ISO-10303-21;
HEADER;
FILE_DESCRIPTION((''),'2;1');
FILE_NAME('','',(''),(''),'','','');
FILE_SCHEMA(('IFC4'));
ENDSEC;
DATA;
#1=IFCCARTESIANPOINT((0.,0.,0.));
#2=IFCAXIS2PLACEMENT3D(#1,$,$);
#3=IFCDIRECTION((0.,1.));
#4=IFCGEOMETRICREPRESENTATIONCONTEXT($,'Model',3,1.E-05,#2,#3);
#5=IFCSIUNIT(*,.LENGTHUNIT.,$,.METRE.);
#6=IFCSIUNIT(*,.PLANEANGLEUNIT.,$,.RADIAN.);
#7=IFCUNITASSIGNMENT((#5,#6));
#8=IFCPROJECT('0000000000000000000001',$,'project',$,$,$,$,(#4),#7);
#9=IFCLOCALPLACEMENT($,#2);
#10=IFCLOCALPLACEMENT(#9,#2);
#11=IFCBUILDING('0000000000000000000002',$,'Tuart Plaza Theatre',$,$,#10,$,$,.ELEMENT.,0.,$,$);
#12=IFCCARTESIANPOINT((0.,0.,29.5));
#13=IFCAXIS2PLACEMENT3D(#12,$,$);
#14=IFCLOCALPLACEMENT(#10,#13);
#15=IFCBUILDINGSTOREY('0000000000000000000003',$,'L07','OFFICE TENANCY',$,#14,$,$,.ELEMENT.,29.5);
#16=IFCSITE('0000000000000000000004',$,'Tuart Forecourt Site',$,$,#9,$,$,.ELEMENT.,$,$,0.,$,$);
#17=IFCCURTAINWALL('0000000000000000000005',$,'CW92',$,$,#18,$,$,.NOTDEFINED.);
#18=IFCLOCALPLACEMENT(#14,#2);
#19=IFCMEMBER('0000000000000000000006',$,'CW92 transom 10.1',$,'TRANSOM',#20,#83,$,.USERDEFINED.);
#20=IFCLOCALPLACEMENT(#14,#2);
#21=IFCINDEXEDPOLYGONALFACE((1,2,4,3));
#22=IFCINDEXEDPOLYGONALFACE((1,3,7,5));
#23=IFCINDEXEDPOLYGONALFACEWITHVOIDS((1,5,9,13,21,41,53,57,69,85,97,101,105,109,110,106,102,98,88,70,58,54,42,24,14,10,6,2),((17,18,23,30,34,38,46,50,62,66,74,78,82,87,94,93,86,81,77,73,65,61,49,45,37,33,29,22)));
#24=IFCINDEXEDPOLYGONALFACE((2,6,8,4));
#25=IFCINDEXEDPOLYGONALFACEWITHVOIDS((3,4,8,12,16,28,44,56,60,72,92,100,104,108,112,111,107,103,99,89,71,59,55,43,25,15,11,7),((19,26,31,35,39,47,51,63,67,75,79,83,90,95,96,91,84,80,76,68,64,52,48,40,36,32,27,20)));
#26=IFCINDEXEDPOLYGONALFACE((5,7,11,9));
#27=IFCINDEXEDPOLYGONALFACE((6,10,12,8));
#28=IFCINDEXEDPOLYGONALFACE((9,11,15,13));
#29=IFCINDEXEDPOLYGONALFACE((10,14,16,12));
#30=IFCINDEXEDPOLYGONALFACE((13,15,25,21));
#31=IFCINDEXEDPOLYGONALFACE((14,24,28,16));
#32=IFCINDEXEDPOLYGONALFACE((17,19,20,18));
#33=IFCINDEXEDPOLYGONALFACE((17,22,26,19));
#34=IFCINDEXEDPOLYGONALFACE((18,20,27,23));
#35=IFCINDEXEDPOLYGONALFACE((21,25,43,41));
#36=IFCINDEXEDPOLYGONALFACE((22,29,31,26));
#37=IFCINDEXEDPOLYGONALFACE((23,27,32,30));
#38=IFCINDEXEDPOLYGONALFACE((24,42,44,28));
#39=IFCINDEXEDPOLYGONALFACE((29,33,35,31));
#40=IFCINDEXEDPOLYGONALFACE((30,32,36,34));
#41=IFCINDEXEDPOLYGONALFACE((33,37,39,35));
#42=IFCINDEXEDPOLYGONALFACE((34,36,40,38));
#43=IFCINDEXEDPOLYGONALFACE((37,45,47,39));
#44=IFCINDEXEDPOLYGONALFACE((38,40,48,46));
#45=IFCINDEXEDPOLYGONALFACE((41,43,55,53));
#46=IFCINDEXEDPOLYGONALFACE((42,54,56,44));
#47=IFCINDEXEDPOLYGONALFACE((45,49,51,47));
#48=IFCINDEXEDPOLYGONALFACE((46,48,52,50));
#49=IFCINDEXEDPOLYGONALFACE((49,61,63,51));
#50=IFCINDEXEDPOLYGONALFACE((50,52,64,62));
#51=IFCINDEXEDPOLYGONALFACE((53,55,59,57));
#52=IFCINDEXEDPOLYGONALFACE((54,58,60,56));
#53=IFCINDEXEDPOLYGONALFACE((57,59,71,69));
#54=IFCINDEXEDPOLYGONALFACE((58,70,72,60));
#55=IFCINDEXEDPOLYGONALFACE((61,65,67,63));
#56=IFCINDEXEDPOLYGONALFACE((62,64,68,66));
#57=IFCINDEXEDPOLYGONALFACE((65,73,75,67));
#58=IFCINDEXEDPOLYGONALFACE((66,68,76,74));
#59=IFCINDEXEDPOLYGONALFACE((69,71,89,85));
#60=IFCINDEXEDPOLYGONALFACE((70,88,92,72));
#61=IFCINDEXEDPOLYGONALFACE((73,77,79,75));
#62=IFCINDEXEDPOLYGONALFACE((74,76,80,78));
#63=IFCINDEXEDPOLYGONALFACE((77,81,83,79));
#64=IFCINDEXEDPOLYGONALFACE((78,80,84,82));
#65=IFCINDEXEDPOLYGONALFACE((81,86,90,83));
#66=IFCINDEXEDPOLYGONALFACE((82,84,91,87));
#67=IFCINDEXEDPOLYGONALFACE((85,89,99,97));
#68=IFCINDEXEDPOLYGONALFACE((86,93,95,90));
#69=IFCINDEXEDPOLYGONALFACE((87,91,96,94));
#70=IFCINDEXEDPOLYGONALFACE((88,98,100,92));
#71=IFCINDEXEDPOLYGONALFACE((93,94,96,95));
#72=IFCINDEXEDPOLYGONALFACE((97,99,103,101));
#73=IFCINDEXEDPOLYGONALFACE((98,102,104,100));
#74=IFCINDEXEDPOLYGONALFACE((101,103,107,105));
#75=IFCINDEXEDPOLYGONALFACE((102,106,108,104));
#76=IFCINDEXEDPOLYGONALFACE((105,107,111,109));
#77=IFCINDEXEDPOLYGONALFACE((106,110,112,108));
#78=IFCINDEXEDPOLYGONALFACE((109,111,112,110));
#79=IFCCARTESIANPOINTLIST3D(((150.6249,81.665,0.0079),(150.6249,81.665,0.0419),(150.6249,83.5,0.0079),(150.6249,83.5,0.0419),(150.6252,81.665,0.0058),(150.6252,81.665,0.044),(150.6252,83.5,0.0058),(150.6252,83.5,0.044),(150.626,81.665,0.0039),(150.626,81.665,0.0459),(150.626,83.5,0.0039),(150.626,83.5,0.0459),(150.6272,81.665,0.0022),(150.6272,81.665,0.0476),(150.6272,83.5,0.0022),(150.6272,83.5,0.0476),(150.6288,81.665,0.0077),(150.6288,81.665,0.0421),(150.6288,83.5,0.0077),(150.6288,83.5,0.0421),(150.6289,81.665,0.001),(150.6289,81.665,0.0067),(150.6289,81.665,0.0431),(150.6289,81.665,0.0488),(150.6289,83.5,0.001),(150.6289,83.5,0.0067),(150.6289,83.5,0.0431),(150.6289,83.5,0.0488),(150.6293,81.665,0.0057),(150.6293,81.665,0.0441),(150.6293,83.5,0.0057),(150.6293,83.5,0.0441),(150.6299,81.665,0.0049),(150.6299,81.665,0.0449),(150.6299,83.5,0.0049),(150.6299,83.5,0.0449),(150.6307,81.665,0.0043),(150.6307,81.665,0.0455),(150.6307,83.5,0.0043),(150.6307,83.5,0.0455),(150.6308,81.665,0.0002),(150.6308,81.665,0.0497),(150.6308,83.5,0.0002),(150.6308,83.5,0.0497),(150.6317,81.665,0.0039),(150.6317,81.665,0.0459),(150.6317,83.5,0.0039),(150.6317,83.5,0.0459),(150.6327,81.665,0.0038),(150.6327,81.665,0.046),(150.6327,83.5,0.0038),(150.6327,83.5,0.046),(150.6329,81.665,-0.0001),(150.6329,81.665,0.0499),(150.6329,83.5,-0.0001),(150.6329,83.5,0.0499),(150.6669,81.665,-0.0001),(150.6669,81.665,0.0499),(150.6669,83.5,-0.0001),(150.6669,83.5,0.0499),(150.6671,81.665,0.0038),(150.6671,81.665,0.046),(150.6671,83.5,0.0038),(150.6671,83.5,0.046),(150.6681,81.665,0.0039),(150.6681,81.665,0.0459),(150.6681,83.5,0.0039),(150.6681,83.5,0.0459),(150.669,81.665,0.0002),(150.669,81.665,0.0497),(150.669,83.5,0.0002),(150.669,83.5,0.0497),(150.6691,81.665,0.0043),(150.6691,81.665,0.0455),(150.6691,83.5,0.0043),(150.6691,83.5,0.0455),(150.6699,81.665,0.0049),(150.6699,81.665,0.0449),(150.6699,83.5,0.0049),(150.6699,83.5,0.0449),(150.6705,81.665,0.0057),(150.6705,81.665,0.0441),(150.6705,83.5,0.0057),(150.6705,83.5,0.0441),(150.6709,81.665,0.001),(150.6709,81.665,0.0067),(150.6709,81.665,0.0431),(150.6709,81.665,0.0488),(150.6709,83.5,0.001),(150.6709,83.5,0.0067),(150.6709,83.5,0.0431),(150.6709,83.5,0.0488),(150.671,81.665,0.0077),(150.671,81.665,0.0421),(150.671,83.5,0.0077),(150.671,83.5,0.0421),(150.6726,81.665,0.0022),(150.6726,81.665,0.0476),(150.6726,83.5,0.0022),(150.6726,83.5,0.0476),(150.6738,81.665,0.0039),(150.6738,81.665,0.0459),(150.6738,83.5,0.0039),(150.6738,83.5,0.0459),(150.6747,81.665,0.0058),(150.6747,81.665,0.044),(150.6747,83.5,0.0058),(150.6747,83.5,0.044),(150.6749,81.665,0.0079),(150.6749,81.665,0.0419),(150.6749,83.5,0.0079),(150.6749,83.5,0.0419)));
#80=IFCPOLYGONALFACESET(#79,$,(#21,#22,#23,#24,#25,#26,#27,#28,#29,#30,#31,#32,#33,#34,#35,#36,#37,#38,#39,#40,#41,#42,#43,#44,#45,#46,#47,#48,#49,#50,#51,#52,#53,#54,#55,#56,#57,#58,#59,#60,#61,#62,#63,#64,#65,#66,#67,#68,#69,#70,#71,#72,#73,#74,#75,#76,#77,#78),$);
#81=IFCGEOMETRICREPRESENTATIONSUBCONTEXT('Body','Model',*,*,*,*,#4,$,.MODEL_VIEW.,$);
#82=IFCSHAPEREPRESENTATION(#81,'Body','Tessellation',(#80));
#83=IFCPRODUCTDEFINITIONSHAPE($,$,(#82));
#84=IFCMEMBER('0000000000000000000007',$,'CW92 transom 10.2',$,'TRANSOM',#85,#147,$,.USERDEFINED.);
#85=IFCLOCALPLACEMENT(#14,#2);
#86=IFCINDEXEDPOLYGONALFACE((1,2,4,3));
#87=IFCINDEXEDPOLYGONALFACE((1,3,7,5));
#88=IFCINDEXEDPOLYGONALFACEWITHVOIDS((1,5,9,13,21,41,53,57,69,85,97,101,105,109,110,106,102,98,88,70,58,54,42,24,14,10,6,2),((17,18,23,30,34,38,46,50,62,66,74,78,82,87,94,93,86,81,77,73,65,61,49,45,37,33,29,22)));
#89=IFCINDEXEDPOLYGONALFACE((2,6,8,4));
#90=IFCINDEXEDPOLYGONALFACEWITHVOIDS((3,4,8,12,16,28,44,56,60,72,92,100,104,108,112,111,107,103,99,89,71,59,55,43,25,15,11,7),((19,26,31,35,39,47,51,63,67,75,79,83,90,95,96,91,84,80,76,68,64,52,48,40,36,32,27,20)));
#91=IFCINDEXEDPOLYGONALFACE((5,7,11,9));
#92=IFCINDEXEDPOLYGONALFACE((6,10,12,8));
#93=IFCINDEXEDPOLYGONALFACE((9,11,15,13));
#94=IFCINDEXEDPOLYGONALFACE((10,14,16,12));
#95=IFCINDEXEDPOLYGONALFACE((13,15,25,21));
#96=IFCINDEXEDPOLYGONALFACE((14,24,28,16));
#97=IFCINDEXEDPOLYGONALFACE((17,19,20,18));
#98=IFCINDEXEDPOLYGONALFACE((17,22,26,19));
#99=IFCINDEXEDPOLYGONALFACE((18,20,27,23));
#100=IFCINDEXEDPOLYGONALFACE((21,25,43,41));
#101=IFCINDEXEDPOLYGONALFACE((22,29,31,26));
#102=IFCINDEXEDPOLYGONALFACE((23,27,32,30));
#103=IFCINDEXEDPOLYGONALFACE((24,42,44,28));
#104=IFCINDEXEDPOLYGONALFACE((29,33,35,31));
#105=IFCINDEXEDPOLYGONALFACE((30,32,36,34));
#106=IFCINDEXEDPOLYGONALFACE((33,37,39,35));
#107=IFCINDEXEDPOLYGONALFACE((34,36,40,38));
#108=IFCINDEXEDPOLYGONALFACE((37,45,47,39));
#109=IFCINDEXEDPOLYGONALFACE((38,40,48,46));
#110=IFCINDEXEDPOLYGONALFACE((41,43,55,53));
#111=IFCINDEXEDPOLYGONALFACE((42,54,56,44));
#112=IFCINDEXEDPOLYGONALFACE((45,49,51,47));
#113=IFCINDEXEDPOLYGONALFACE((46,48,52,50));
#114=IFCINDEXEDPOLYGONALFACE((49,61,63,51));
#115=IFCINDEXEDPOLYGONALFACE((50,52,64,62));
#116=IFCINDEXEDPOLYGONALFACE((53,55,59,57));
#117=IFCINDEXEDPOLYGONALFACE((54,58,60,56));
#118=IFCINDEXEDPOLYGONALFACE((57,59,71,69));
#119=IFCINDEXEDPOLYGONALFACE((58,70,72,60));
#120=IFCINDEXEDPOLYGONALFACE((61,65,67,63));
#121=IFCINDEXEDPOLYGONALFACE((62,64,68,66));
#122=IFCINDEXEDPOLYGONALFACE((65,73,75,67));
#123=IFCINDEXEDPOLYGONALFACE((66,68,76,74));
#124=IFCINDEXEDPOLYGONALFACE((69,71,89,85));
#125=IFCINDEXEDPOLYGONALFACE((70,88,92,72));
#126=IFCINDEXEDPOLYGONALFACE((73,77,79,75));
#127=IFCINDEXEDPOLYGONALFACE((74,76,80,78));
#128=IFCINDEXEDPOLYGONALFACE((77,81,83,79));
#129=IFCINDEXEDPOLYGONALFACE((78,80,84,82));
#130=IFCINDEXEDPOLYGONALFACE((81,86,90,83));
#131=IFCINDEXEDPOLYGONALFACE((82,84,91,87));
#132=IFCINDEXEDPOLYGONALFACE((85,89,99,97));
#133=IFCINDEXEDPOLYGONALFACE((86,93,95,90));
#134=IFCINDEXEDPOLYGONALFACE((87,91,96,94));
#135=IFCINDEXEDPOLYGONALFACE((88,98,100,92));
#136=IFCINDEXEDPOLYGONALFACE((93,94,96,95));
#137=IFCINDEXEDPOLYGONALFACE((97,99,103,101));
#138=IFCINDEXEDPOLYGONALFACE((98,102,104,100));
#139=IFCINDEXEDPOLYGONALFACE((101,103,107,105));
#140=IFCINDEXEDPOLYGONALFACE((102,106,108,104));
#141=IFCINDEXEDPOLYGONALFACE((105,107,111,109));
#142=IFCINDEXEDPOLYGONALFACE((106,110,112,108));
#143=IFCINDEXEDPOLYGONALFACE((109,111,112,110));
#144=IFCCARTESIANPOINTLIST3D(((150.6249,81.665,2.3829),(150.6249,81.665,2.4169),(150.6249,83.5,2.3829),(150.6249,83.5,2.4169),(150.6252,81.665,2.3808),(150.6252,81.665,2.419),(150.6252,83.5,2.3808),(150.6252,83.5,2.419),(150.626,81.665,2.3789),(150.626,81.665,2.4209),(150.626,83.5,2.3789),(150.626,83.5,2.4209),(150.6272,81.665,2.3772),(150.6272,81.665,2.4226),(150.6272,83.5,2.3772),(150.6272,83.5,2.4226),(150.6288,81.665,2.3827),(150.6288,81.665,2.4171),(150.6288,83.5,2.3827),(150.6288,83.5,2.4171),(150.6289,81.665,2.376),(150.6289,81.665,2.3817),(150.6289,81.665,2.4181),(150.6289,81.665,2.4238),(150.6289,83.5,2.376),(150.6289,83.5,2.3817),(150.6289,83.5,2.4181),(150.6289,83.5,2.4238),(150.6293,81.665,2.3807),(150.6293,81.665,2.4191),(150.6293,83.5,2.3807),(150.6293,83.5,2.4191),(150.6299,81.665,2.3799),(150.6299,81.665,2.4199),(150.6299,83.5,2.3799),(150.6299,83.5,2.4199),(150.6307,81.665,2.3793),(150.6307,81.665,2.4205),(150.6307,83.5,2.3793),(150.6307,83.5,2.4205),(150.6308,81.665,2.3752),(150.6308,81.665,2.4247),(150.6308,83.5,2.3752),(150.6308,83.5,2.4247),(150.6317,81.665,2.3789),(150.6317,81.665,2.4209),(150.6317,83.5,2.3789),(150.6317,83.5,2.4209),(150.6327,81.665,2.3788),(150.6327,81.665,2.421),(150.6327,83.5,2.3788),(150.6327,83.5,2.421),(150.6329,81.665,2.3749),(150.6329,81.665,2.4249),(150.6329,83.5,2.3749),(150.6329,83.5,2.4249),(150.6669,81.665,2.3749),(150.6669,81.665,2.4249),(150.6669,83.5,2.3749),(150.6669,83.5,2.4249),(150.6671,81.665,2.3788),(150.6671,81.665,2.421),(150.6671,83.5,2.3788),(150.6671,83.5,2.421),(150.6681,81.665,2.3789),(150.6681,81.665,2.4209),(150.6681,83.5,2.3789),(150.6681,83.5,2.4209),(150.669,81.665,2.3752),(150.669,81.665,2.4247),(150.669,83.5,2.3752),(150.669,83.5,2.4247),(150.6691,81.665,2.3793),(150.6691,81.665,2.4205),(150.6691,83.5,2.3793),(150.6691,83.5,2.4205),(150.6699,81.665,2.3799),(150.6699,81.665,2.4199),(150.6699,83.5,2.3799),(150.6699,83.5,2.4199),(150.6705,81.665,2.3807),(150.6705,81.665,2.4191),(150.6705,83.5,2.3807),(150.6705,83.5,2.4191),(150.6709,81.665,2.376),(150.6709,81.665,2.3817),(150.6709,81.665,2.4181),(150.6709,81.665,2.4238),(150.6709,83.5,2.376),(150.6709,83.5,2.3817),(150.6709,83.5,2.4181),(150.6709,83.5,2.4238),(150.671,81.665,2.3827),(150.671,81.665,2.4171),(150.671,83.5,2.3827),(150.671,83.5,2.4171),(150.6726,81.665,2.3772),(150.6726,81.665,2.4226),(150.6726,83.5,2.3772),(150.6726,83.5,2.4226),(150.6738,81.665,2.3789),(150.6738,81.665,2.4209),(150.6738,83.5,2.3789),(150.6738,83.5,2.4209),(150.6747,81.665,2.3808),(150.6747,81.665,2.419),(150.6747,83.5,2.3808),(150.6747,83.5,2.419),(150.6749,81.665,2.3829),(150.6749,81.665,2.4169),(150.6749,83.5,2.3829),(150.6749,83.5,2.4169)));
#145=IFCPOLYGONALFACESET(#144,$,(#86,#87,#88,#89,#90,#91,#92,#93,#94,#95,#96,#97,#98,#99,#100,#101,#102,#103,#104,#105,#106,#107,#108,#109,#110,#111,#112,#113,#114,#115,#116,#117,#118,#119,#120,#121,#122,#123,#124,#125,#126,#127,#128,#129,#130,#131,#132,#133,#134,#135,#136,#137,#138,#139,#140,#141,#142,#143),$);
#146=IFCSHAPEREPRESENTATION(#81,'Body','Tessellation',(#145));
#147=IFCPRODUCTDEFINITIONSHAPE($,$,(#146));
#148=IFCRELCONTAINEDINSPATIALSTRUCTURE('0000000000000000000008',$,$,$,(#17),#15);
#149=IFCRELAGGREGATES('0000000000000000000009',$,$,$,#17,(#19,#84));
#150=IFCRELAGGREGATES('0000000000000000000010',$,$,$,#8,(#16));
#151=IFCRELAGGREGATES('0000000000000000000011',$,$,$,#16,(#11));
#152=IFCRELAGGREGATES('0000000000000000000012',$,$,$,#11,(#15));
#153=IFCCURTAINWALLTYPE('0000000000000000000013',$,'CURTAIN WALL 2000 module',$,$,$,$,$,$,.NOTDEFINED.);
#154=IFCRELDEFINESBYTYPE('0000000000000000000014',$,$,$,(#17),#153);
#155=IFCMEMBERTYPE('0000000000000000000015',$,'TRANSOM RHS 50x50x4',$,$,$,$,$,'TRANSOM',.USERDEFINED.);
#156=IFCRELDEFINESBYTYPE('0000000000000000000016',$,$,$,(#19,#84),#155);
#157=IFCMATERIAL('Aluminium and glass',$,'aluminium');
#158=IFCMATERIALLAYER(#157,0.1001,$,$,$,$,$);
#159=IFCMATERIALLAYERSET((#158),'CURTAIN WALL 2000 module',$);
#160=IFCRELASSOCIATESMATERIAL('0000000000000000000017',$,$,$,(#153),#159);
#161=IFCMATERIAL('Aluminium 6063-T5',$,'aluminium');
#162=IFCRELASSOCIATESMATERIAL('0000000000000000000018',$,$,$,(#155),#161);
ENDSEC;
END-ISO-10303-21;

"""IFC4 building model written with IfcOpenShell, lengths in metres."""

from ifc_helpers import new_model, si_unit, direction, frame, origin, origin_2d, place, context, subcontext, project, spatial, hollow_rectangle, extrude, material, layer, layer_set, material_profile, profile_set, type_object, element, aggregate, save


model = new_model("IFC4")

# Units and contexts
model_context = context("Model", 3, precision=1e-05, world=origin(), true_north=direction((0.0, 1.0)))
body_context = subcontext(model_context, "Body", "Model", "MODEL_VIEW")
ifc_project = project(units=[si_unit("LENGTHUNIT", "METRE"), si_unit("PLANEANGLEUNIT", "RADIAN")], contexts=[model_context])

# Site, building, storey
site_placement = place(None, origin())
site = spatial("IfcSite", under=ifc_project, at=site_placement, Name="Tuart Forecourt Site", CompositionType="ELEMENT", RefElevation=0.0)
building_placement = place(site_placement, origin())
building = spatial("IfcBuilding", under=site, at=building_placement, Name="Tuart Plaza Theatre", CompositionType="ELEMENT", ElevationOfRefHeight=0.0)
storey_placement = place(building_placement, frame((0.0, 0.0, 29.5)))
storey = spatial("IfcBuildingStorey", under=building, at=storey_placement, Name="L07", Description="OFFICE TENANCY", CompositionType="ELEMENT", Elevation=29.5)

# Curtain wall, members
ifc_material_1 = material(Name="Aluminium and glass", Category="aluminium")
ifc_layer_1 = layer(ifc_material_1, 0.1001)
ifc_layer_set_1 = layer_set([ifc_layer_1], Name="CURTAIN WALL 2000 module")
curtain_wall_type = type_object("IfcCurtainWallType", Name="CURTAIN WALL 2000 module", PredefinedType="NOTDEFINED", material=ifc_layer_set_1)
curtain_wall_placement = place(storey_placement, origin())
curtain_wall = element("IfcCurtainWall", 1, at=curtain_wall_placement, inside=storey, type_object=curtain_wall_type, Name="CW92", PredefinedType="NOTDEFINED")
ifc_material_2 = material(Name="Aluminium 6063-T5", Category="aluminium")
ifc_material_profile_1 = material_profile(ifc_material_2, hollow_rectangle(XDim=0.05, YDim=0.05, WallThickness=0.0039, InnerFilletRadius=0.0039, OuterFilletRadius=0.0081, at=origin_2d()), Name="RHS 50x50x4")
ifc_profile_set_1 = profile_set([ifc_material_profile_1], Name="Aluminium 6063-T5")
member_type_1 = type_object("IfcMemberType", Name="TRANSOM RHS 50x50x4", ElementType="TRANSOM", PredefinedType="USERDEFINED", material=ifc_profile_set_1)
member_1_placement = place(storey_placement, frame((150.6499, 81.665, 0.0249), z_axis=(0.0, 1.0, 0.0), x_axis=(-1.0, 0.0, 0.0)))
member_1 = element("IfcMember", 2, at=member_1_placement, type_object=member_type_1, Name="CW92 transom 10.1", ObjectType="TRANSOM", PredefinedType="USERDEFINED", context=body_context, shape_type="SweptSolid", body=[
    extrude(hollow_rectangle(XDim=0.05, YDim=0.05, WallThickness=0.0039, InnerFilletRadius=0.0039, OuterFilletRadius=0.0081, at=origin_2d()), origin(), (0.0, 0.0, 1.0), 1.835),
])
member_2_placement = place(storey_placement, frame((150.6499, 81.665, 2.3999), z_axis=(0.0, 1.0, 0.0), x_axis=(-1.0, 0.0, 0.0)))
member_2 = element("IfcMember", 3, at=member_2_placement, type_object=member_type_1, Name="CW92 transom 10.2", ObjectType="TRANSOM", PredefinedType="USERDEFINED", context=body_context, shape_type="SweptSolid", body=[
    extrude(hollow_rectangle(XDim=0.05, YDim=0.05, WallThickness=0.0039, InnerFilletRadius=0.0039, OuterFilletRadius=0.0081, at=origin_2d()), origin(), (0.0, 0.0, 1.0), 1.835),
])
aggregate(curtain_wall, [member_1, member_2])

save(model, "model.ifc")
